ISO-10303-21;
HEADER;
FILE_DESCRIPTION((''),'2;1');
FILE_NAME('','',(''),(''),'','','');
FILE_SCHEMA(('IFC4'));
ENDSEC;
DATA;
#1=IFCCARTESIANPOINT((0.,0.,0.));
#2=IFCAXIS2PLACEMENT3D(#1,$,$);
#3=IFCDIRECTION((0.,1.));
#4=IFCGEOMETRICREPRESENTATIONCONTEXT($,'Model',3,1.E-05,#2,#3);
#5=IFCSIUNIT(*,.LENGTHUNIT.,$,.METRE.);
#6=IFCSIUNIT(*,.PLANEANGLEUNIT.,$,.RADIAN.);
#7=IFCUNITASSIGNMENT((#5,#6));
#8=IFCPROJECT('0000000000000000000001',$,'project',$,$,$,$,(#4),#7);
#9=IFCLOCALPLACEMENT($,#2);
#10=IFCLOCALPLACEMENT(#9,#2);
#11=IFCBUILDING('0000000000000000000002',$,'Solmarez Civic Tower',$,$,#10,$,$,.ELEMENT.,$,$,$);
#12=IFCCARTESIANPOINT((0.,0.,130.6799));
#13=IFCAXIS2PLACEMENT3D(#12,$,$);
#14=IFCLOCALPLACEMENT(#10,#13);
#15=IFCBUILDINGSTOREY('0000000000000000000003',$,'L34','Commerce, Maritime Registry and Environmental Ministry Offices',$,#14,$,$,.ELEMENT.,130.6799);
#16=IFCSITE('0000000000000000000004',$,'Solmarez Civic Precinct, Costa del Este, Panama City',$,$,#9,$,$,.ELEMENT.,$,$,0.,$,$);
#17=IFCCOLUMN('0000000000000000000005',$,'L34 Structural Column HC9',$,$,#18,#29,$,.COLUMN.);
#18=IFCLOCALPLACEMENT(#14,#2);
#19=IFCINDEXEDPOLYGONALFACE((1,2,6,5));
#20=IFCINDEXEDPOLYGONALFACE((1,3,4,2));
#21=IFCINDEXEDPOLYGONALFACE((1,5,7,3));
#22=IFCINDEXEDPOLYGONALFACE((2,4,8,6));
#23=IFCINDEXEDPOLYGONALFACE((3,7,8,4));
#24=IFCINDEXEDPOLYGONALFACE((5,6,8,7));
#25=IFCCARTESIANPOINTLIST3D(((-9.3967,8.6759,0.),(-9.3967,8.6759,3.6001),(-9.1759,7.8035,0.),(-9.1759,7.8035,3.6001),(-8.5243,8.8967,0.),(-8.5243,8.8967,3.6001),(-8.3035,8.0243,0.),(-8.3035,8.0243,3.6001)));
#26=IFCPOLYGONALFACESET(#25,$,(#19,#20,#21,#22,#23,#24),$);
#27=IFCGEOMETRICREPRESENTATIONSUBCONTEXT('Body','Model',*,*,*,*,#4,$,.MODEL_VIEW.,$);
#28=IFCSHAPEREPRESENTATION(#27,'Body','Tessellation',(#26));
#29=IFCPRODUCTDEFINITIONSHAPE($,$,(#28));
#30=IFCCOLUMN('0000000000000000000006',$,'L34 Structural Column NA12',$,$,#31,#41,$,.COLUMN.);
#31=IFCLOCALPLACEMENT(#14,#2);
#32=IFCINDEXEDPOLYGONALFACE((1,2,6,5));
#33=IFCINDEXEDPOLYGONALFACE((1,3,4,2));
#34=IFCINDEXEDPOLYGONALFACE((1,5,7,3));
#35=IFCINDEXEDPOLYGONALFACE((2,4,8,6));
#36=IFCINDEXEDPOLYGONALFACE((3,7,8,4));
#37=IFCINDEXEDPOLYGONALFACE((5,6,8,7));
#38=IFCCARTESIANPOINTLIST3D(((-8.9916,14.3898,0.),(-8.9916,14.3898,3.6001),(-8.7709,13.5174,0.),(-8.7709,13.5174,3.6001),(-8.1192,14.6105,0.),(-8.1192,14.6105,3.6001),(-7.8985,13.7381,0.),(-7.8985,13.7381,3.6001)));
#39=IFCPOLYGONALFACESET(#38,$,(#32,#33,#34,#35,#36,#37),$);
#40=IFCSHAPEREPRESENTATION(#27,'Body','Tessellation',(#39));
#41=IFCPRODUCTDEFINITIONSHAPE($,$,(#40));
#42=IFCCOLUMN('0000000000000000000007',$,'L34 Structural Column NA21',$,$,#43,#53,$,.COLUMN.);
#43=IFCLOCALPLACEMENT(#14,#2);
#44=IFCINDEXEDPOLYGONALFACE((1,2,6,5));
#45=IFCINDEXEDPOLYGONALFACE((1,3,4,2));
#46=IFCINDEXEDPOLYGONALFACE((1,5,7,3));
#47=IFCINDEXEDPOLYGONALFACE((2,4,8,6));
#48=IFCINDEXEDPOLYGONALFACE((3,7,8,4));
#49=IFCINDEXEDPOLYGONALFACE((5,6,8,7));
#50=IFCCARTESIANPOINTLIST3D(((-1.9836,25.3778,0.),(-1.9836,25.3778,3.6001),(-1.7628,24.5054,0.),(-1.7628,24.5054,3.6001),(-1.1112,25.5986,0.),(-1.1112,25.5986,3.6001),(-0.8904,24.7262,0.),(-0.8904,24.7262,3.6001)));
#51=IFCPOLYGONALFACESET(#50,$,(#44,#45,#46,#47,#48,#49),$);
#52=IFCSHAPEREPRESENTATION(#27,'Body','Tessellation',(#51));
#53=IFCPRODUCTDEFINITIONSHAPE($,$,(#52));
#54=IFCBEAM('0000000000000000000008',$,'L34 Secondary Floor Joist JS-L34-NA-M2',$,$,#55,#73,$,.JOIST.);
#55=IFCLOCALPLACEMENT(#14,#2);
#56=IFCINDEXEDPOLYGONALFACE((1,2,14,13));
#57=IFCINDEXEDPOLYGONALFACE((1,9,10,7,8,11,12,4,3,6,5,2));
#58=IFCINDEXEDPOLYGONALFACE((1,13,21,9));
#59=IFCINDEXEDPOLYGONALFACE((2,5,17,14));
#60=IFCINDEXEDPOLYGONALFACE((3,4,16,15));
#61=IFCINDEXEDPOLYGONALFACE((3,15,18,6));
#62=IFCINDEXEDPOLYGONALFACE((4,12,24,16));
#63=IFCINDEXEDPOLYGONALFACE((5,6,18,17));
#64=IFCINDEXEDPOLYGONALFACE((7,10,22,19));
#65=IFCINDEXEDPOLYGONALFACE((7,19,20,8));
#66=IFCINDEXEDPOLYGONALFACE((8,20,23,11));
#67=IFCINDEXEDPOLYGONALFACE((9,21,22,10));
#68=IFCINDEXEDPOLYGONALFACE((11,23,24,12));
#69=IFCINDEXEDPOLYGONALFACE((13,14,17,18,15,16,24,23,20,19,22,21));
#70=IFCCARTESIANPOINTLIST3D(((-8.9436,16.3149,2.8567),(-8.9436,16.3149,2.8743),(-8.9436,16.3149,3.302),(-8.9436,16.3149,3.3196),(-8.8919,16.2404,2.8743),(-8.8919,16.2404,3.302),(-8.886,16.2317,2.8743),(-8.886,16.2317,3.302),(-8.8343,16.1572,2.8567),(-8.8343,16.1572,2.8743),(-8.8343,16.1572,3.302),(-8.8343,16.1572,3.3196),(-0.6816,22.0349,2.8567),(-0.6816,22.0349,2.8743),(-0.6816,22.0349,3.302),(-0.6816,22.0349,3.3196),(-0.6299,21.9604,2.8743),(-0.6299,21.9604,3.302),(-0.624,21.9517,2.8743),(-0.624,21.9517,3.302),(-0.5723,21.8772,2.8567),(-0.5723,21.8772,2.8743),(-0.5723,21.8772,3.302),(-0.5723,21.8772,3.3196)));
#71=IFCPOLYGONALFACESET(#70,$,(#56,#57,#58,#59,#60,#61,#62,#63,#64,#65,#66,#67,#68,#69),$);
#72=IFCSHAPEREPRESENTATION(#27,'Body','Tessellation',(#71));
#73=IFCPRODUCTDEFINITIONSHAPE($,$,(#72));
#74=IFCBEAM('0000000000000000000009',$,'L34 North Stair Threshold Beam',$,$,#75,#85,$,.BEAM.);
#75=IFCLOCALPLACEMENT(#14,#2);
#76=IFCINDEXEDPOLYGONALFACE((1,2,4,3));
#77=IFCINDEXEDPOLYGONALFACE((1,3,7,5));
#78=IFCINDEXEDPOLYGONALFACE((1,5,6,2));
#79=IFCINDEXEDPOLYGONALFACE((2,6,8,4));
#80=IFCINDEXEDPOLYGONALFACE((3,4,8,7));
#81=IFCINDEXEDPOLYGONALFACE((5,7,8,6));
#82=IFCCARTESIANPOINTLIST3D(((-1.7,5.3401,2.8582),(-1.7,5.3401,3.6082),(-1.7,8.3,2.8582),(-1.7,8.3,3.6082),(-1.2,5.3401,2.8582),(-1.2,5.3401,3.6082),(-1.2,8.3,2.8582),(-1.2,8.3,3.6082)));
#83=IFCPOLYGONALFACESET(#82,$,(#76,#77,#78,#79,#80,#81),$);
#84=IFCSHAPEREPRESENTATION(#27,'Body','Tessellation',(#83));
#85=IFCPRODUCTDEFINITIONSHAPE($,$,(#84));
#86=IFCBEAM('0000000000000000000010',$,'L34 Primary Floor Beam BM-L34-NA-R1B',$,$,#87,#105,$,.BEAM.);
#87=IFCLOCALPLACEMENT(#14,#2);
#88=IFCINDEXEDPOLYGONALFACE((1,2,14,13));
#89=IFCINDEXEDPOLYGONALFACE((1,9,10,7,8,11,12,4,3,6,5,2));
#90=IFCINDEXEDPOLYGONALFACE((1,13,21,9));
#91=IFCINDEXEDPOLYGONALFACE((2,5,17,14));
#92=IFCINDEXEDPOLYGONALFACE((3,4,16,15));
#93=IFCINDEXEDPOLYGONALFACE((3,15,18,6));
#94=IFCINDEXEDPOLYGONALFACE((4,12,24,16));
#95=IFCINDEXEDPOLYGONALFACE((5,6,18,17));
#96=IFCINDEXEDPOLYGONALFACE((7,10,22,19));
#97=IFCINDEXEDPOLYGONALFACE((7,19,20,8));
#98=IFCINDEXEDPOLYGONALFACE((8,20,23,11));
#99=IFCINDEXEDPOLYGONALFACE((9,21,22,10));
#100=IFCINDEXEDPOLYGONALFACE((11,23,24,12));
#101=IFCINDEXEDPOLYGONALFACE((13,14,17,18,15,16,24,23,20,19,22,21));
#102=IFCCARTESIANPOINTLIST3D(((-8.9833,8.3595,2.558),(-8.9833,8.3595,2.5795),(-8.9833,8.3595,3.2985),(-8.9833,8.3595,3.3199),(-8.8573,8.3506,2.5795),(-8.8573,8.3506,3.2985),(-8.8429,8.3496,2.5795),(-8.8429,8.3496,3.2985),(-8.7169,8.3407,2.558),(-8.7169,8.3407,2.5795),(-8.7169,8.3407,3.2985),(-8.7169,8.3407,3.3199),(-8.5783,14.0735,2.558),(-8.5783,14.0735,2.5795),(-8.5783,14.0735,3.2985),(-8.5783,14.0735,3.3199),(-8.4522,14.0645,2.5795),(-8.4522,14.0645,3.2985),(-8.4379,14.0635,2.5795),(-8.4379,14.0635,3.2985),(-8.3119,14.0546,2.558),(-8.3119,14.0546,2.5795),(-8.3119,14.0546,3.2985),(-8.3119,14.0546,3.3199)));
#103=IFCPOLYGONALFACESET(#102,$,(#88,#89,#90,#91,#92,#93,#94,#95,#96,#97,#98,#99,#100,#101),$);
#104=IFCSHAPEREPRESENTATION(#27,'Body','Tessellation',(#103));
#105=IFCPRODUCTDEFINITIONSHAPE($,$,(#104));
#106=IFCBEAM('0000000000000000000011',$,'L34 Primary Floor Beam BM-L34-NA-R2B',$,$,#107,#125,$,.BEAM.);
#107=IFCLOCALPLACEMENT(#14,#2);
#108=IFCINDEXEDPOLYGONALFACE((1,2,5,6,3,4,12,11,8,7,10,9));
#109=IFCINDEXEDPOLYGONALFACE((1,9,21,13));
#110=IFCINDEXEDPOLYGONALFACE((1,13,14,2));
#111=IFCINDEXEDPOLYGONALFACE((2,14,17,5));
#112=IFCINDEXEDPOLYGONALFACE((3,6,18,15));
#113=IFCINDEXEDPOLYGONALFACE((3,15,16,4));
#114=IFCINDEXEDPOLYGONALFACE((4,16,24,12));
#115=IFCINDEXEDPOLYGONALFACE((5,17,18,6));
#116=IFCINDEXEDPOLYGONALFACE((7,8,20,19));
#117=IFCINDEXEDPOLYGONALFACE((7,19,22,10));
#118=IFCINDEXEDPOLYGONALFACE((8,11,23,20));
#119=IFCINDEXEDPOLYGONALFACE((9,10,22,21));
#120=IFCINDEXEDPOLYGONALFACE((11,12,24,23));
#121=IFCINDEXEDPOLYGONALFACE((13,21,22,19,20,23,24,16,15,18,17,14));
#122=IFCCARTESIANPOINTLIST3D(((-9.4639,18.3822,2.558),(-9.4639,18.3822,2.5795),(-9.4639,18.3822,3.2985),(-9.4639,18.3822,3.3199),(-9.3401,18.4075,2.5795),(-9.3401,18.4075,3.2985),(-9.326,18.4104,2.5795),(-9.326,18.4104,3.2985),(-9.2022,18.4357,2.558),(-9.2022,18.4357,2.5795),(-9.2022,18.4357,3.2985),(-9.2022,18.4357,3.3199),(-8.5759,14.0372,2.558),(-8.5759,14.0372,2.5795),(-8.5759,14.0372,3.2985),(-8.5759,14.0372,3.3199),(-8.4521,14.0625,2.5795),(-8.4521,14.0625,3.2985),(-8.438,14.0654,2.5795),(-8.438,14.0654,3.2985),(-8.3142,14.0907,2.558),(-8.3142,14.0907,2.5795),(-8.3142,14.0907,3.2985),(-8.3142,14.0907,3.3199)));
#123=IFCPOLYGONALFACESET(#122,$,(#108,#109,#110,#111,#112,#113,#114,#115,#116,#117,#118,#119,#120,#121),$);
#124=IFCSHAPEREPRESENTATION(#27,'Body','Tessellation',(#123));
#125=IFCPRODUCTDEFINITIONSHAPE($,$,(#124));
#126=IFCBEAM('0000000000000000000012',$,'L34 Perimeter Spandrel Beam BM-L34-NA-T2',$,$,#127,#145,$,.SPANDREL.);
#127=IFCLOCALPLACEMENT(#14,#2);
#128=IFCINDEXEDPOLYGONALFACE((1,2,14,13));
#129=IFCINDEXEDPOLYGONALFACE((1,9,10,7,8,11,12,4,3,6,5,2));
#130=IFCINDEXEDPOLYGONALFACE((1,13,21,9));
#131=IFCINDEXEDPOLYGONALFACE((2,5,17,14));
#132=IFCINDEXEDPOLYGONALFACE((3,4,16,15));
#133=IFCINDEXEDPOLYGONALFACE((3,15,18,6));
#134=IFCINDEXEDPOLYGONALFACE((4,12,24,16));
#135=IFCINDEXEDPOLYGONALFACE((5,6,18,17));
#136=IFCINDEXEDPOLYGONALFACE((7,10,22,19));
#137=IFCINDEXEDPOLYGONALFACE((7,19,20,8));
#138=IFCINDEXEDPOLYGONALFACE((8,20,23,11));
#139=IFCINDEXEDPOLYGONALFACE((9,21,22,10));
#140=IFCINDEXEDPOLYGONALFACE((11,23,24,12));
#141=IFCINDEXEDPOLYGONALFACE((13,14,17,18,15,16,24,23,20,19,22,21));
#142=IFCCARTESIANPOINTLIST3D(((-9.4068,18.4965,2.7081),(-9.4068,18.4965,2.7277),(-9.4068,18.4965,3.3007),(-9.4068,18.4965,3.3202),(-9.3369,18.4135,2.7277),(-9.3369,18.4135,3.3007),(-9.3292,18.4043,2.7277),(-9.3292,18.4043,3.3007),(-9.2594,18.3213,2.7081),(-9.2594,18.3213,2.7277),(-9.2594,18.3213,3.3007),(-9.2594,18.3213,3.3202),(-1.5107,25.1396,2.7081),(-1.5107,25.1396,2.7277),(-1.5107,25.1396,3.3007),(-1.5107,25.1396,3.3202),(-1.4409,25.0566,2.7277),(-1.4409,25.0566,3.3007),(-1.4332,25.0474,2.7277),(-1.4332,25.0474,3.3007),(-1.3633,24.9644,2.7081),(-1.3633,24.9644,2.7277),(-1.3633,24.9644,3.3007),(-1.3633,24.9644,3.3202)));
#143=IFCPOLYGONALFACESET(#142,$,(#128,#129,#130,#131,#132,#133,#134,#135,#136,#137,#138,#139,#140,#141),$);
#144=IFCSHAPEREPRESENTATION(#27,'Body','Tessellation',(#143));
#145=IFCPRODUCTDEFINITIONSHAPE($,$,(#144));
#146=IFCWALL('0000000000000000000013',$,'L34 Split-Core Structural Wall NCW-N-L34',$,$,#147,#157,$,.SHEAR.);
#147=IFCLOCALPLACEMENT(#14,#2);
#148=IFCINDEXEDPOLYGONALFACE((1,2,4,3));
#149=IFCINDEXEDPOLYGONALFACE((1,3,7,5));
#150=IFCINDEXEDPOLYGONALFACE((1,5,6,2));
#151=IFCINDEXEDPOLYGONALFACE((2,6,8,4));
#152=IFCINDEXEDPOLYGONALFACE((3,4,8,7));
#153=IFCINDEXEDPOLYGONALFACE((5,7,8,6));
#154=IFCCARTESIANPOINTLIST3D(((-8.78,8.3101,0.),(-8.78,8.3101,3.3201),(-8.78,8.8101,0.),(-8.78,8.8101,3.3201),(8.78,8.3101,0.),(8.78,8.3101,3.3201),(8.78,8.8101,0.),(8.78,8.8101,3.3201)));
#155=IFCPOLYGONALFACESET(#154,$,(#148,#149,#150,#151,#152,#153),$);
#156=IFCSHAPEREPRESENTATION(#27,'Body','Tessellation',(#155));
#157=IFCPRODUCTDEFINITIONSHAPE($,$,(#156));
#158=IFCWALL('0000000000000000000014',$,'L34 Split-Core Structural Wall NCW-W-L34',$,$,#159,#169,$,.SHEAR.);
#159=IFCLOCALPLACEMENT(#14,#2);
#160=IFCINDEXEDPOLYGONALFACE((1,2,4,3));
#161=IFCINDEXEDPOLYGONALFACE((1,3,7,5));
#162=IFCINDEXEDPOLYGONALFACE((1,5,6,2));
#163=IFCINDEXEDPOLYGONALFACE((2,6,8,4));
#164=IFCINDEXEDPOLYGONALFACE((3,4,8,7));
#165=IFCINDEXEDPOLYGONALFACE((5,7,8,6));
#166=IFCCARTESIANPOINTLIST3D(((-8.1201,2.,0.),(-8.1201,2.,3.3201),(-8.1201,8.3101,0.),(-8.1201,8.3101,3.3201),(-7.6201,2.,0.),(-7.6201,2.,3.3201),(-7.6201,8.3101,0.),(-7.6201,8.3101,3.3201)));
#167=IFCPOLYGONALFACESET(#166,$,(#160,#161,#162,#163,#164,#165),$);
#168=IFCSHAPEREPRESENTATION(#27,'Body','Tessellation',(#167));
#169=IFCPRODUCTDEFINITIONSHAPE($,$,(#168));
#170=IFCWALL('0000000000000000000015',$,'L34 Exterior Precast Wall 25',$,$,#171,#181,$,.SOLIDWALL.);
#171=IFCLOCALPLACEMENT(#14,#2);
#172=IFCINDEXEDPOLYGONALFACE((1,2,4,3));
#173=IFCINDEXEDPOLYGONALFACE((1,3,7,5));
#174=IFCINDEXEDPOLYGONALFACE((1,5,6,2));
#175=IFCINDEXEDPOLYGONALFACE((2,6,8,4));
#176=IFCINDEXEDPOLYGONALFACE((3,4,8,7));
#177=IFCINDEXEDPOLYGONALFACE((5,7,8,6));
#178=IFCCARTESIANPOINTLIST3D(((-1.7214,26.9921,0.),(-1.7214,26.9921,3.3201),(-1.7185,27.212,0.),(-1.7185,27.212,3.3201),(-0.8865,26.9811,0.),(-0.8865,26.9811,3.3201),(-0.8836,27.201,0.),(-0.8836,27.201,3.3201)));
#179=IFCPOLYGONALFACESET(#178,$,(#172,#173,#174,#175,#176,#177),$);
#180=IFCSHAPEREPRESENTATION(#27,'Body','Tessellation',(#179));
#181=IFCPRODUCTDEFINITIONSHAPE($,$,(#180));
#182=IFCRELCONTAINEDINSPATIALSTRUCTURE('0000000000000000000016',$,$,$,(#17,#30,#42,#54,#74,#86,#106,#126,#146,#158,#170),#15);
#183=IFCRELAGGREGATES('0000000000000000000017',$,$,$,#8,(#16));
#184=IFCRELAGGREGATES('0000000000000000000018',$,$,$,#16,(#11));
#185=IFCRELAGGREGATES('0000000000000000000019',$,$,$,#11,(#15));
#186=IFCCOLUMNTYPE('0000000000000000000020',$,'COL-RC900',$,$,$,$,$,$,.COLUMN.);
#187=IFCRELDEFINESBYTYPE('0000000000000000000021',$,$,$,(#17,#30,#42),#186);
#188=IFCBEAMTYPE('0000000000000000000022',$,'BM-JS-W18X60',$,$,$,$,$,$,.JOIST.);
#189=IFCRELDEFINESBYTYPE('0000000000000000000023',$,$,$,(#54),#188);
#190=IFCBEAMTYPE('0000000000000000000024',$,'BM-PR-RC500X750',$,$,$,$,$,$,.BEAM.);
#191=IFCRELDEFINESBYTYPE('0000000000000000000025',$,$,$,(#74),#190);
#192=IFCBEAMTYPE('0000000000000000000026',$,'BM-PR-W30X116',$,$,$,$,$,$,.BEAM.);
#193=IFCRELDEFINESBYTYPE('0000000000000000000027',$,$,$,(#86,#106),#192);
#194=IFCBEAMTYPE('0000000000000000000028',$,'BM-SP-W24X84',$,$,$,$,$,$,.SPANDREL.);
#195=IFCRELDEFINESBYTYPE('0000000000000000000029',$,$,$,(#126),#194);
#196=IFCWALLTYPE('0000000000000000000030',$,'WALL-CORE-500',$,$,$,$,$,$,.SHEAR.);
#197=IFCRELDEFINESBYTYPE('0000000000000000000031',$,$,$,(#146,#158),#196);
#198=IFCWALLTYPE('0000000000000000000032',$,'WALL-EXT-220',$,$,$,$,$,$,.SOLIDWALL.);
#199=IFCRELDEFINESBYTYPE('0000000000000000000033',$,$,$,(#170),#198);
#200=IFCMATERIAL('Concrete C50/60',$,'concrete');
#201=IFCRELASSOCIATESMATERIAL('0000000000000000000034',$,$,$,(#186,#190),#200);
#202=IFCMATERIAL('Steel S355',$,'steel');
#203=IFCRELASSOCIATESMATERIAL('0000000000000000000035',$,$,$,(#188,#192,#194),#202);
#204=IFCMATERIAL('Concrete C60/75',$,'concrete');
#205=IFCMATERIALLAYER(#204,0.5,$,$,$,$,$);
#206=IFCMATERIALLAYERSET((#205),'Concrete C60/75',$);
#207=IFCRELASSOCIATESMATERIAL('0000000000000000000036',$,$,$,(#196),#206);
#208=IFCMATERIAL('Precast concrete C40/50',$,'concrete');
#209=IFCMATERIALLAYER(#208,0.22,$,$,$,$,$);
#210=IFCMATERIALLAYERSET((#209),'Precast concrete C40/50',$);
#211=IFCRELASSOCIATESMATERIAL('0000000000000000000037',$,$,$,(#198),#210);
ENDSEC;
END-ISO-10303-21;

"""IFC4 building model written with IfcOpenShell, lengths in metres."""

from ifc_helpers import new_model, si_unit, direction, frame, frame_2d, origin, origin_2d, place, context, subcontext, project, spatial, rectangle, i_section, extrude, material, layer, layer_set, material_profile, profile_set, type_object, element, save


model = new_model("IFC4")

# Units and contexts
model_context = context("Model", 3, precision=1e-05, world=origin(), true_north=direction((0.0, 1.0)))
body_context = subcontext(model_context, "Body", "Model", "MODEL_VIEW")
ifc_project = project(units=[si_unit("LENGTHUNIT", "METRE"), si_unit("PLANEANGLEUNIT", "RADIAN")], contexts=[model_context])

# Site, building, storey
site_placement = place(None, origin())
site = spatial("IfcSite", under=ifc_project, at=site_placement, Name="Solmarez Civic Precinct, Costa del Este, Panama City", CompositionType="ELEMENT", RefElevation=0.0)
building_placement = place(site_placement, origin())
building = spatial("IfcBuilding", under=site, at=building_placement, Name="Solmarez Civic Tower", CompositionType="ELEMENT")
storey_placement = place(building_placement, frame((0.0, 0.0, 130.6799)))
storey = spatial("IfcBuildingStorey", under=building, at=storey_placement, Name="L34", Description="Commerce, Maritime Registry and Environmental Ministry Offices", CompositionType="ELEMENT", Elevation=130.6799)

# Columns
ifc_material_1 = material(Name="Concrete C50/60", Category="concrete")
ifc_material_profile_1 = material_profile(ifc_material_1, rectangle(XDim=0.8999, YDim=0.8999, at=origin_2d()), Name="RC900X900")
ifc_profile_set_1 = profile_set([ifc_material_profile_1], Name="Concrete C50/60")
column_type = type_object("IfcColumnType", Name="COL-RC900", PredefinedType="COLUMN", material=ifc_profile_set_1)
for number, where, z_axis, x_axis, name in (
    (1, (-8.8501, 8.3501, 0.0), (0.0, 0.0, 1.0), (0.969445, 0.245307, 0.0), "L34 Structural Column HC9"),
    (2, (-8.4451, 14.064, 0.0), (0.0, 0.0, 1.0), (0.969445, 0.245307, 0.0), "L34 Structural Column NA12"),
    (3, (-1.437, 25.052, 0.0), (0.0, 0.0, 1.0), (0.969445, 0.245307, 0.0), "L34 Structural Column NA21"),
):
    element("IfcColumn", number, at=place(storey_placement, frame(where, z_axis=z_axis, x_axis=x_axis)), inside=storey, type_object=column_type, Name=name, PredefinedType="COLUMN", context=body_context, shape_type="SweptSolid", body=[
        extrude(rectangle(XDim=0.8999, YDim=0.8999, at=origin_2d()), origin(), (0.0, 0.0, 1.0), 3.6001),
    ])

# Beams
ifc_material_2 = material(Name="Steel S355", Category="steel")
ifc_material_profile_2 = material_profile(ifc_material_2, i_section(OverallWidth=0.1919, OverallDepth=0.4629, WebThickness=0.0105, FlangeThickness=0.0176, at=origin_2d()), Name="W18X60")
ifc_profile_set_2 = profile_set([ifc_material_profile_2], Name="Steel S355")
beam_type_1 = type_object("IfcBeamType", Name="BM-JS-W18X60", PredefinedType="JOIST", material=ifc_profile_set_2)
beam_1_placement = place(storey_placement, frame((-0.627, 21.9561, 3.0881), z_axis=(-0.822185, -0.56922, 0.0), x_axis=(0.56922, -0.822185, 0.0)))
element("IfcBeam", 4, at=beam_1_placement, inside=storey, type_object=beam_type_1, Name="L34 Secondary Floor Joist JS-L34-NA-M2", PredefinedType="JOIST", context=body_context, shape_type="SweptSolid", body=[
    extrude(i_section(OverallWidth=0.1919, OverallDepth=0.4629, WebThickness=0.0105, FlangeThickness=0.0176, at=origin_2d()), origin(), (0.0, 0.0, 1.0), 10.0488),
])
ifc_material_profile_3 = material_profile(ifc_material_1, rectangle(XDim=0.5, YDim=0.75, at=origin_2d()), Name="RC500X750")
ifc_profile_set_3 = profile_set([ifc_material_profile_3], Name="Concrete C50/60")
beam_type_2 = type_object("IfcBeamType", Name="BM-PR-RC500X750", PredefinedType="BEAM", material=ifc_profile_set_3)
beam_2_placement = place(storey_placement, frame((-1.45, 5.3401, 3.2332), z_axis=(0.0, 1.0, 0.0), x_axis=(-1.0, 0.0, 0.0)))
element("IfcBeam", 5, at=beam_2_placement, inside=storey, type_object=beam_type_2, Name="L34 North Stair Threshold Beam", PredefinedType="BEAM", context=body_context, shape_type="SweptSolid", body=[
    extrude(rectangle(XDim=0.5, YDim=0.75, at=origin_2d()), origin(), (0.0, 0.0, 1.0), 2.96),
])
ifc_material_profile_4 = material_profile(ifc_material_2, i_section(OverallWidth=0.2671, OverallDepth=0.762, WebThickness=0.0144, FlangeThickness=0.0215, at=origin_2d()), Name="W30X116")
ifc_profile_set_4 = profile_set([ifc_material_profile_4], Name="Steel S355")
beam_type_3 = type_object("IfcBeamType", Name="BM-PR-W30X116", PredefinedType="BEAM", material=ifc_profile_set_4)
beam_3_placement = place(storey_placement, frame((-8.8501, 8.3501, 2.939), z_axis=(0.070708, 0.997497, 0.0), x_axis=(-0.997497, 0.070708, 0.0)))
element("IfcBeam", 6, at=beam_3_placement, inside=storey, type_object=beam_type_3, Name="L34 Primary Floor Beam BM-L34-NA-R1B", PredefinedType="BEAM", context=body_context, shape_type="SweptSolid", body=[
    extrude(i_section(OverallWidth=0.2671, OverallDepth=0.762, WebThickness=0.0144, FlangeThickness=0.0215, at=origin_2d()), origin(), (0.0, 0.0, 1.0), 5.7283),
])
beam_4_placement = place(storey_placement, frame((-8.4451, 14.064, 2.939), z_axis=(-0.200222, 0.979751, 0.0), x_axis=(-0.979751, -0.200222, 0.0)))
element("IfcBeam", 7, at=beam_4_placement, inside=storey, type_object=beam_type_3, Name="L34 Primary Floor Beam BM-L34-NA-R2B", PredefinedType="BEAM", context=body_context, shape_type="SweptSolid", body=[
    extrude(i_section(OverallWidth=0.2671, OverallDepth=0.762, WebThickness=0.0144, FlangeThickness=0.0215, at=origin_2d()), origin(), (0.0, 0.0, 1.0), 4.4348),
])
ifc_material_profile_5 = material_profile(ifc_material_2, i_section(OverallWidth=0.229, OverallDepth=0.6121, WebThickness=0.012, FlangeThickness=0.0195, at=origin_2d()), Name="W24X84")
ifc_profile_set_5 = profile_set([ifc_material_profile_5], Name="Steel S355")
beam_type_4 = type_object("IfcBeamType", Name="BM-SP-W24X84", PredefinedType="SPANDREL", material=ifc_profile_set_5)
beam_5_placement = place(storey_placement, frame((-1.437, 25.052, 3.0142), z_axis=(-0.765207, -0.643784, 0.0), x_axis=(0.643784, -0.765207, 0.0)))
element("IfcBeam", 8, at=beam_5_placement, inside=storey, type_object=beam_type_4, Name="L34 Perimeter Spandrel Beam BM-L34-NA-T2", PredefinedType="SPANDREL", context=body_context, shape_type="SweptSolid", body=[
    extrude(i_section(OverallWidth=0.229, OverallDepth=0.6121, WebThickness=0.012, FlangeThickness=0.0195, at=origin_2d()), origin(), (0.0, 0.0, 1.0), 10.3188),
])

# Walls
ifc_material_3 = material(Name="Concrete C60/75", Category="concrete")
ifc_layer_1 = layer(ifc_material_3, 0.5)
ifc_layer_set_1 = layer_set([ifc_layer_1], Name="Concrete C60/75")
wall_type_1 = type_object("IfcWallType", Name="WALL-CORE-500", PredefinedType="SHEAR", material=ifc_layer_set_1)
wall_1_placement = place(storey_placement, frame((-8.78, 8.5601, 0.0), z_axis=(0.0, 0.0, 1.0), x_axis=(1.0, 0.0, 0.0)))
element("IfcWall", 9, at=wall_1_placement, inside=storey, type_object=wall_type_1, Name="L34 Split-Core Structural Wall NCW-N-L34", PredefinedType="SHEAR", context=body_context, shape_type="SweptSolid", body=[
    extrude(rectangle(XDim=17.5601, YDim=0.5, at=frame_2d((8.78, 0.0))), origin(), (0.0, 0.0, 1.0), 3.3201),
])
wall_2_placement = place(storey_placement, frame((-7.8701, 2.0, 0.0), z_axis=(0.0, 0.0, 1.0), x_axis=(0.0, 1.0, 0.0)))
element("IfcWall", 10, at=wall_2_placement, inside=storey, type_object=wall_type_1, Name="L34 Split-Core Structural Wall NCW-W-L34", PredefinedType="SHEAR", context=body_context, shape_type="SweptSolid", body=[
    extrude(rectangle(XDim=6.3101, YDim=0.5, at=frame_2d((3.155, 0.0))), origin(), (0.0, 0.0, 1.0), 3.3201),
])
ifc_material_4 = material(Name="Precast concrete C40/50", Category="concrete")
ifc_layer_2 = layer(ifc_material_4, 0.22)
ifc_layer_set_2 = layer_set([ifc_layer_2], Name="Precast concrete C40/50")
wall_type_2 = type_object("IfcWallType", Name="WALL-EXT-220", PredefinedType="SOLIDWALL", material=ifc_layer_set_2)
wall_3_placement = place(storey_placement, frame((-1.72, 27.1021, 0.0), z_axis=(0.0, 0.0, 1.0), x_axis=(0.999913, -0.013157, 0.0)))
element("IfcWall", 11, at=wall_3_placement, inside=storey, type_object=wall_type_2, Name="L34 Exterior Precast Wall 25", PredefinedType="SOLIDWALL", context=body_context, shape_type="SweptSolid", body=[
    extrude(rectangle(XDim=0.835, YDim=0.22, at=frame_2d((0.4175, 0.0))), origin(), (0.0, 0.0, 1.0), 3.3201),
])

save(model, "model.ifc")
